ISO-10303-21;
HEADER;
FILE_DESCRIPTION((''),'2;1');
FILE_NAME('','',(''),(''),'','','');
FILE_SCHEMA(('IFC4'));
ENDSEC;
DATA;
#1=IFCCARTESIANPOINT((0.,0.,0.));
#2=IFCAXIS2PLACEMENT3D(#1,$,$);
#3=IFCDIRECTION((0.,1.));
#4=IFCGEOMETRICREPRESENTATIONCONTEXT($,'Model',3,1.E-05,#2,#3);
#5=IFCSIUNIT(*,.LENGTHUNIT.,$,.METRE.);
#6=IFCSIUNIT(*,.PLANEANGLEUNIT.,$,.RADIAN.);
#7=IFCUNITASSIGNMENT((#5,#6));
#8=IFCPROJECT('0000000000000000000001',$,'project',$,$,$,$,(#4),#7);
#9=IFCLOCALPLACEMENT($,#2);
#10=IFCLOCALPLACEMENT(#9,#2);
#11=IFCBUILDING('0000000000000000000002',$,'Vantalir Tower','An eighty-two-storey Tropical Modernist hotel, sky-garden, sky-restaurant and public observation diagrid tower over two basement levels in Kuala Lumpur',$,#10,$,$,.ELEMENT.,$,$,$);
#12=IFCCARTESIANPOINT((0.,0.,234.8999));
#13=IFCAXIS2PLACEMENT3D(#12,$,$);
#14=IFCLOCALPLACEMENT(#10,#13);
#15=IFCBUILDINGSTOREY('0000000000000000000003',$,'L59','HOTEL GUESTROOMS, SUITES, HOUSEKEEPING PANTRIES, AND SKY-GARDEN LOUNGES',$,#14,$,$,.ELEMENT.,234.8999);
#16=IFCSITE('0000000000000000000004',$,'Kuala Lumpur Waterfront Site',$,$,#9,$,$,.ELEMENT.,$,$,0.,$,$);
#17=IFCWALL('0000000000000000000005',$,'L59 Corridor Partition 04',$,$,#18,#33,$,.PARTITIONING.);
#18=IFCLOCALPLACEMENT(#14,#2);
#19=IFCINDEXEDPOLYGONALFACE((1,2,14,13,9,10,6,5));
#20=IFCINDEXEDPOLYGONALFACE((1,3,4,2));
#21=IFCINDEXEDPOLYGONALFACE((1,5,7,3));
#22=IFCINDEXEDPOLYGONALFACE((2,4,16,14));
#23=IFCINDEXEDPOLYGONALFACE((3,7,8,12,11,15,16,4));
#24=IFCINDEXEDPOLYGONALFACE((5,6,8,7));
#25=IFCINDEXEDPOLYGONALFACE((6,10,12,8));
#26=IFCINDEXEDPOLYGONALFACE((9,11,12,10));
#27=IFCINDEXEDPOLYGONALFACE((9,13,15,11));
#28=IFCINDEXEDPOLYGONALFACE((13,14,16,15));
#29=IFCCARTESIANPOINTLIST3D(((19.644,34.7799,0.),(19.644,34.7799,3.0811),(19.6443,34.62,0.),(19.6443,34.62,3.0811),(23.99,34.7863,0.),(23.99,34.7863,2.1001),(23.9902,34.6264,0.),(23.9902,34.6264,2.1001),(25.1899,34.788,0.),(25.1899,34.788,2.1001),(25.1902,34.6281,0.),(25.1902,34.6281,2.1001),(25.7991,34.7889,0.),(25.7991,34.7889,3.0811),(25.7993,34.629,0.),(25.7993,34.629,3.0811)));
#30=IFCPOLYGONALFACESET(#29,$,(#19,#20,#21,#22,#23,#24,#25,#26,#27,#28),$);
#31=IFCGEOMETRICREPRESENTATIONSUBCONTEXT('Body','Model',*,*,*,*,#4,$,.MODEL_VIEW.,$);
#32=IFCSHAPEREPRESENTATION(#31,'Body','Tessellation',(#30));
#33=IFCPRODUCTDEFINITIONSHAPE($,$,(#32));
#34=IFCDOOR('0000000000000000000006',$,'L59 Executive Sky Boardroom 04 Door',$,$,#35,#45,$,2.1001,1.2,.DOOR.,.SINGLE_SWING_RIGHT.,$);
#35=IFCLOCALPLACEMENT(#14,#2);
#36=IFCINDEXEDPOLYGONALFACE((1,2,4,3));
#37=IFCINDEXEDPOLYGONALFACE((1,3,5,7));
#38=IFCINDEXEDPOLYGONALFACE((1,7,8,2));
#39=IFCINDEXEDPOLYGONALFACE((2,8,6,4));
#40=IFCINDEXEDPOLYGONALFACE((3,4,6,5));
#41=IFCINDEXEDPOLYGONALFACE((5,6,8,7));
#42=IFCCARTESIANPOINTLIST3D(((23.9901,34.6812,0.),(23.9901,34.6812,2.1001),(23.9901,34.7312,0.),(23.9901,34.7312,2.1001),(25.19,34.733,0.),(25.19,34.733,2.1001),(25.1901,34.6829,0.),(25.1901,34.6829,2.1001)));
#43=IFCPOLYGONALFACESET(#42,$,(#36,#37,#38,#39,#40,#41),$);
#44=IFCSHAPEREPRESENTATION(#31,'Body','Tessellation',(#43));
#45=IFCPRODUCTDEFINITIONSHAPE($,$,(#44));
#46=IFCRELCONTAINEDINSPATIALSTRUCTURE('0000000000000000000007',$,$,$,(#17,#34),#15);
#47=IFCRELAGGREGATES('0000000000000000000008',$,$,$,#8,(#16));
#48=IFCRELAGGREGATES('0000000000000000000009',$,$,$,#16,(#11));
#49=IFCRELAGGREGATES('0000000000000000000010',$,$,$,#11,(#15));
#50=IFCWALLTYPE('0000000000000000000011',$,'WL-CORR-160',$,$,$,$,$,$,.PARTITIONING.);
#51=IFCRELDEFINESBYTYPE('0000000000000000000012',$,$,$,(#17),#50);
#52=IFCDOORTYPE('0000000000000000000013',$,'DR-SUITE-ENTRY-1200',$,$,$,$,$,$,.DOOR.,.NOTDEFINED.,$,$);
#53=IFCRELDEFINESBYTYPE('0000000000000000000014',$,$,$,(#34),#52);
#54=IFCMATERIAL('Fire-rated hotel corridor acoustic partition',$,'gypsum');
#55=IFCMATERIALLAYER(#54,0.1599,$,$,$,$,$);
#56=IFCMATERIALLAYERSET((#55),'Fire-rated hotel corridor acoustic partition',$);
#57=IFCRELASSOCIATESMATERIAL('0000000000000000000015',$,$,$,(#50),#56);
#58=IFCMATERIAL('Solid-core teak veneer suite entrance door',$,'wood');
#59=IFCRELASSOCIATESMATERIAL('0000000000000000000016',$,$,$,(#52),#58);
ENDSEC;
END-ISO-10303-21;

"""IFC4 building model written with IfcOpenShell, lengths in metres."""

from ifc_helpers import new_model, si_unit, direction, frame, frame_2d, origin, place, context, subcontext, project, spatial, rectangle, extrude, material, layer, layer_set, type_object, element, fill, save


model = new_model("IFC4")

# Units and contexts
model_context = context("Model", 3, precision=1e-05, world=origin(), true_north=direction((0.0, 1.0)))
body_context = subcontext(model_context, "Body", "Model", "MODEL_VIEW")
ifc_project = project(units=[si_unit("LENGTHUNIT", "METRE"), si_unit("PLANEANGLEUNIT", "RADIAN")], contexts=[model_context])

# Site, building, storey
site_placement = place(None, origin())
site = spatial("IfcSite", under=ifc_project, at=site_placement, Name="Kuala Lumpur Waterfront Site", CompositionType="ELEMENT", RefElevation=0.0)
building_placement = place(site_placement, origin())
building = spatial("IfcBuilding", under=site, at=building_placement, Name="Vantalir Tower", Description="An eighty-two-storey Tropical Modernist hotel, sky-garden, sky-restaurant and public observation diagrid tower over two basement levels in Kuala Lumpur", CompositionType="ELEMENT")
storey_placement = place(building_placement, frame((0.0, 0.0, 234.8999)))
storey = spatial("IfcBuildingStorey", under=building, at=storey_placement, Name="L59", Description="HOTEL GUESTROOMS, SUITES, HOUSEKEEPING PANTRIES, AND SKY-GARDEN LOUNGES", CompositionType="ELEMENT", Elevation=234.8999)

# Wall, opening, door
ifc_material_1 = material(Name="Fire-rated hotel corridor acoustic partition", Category="gypsum")
ifc_layer_1 = layer(ifc_material_1, 0.1599)
ifc_layer_set_1 = layer_set([ifc_layer_1], Name="Fire-rated hotel corridor acoustic partition")
wall_type = type_object("IfcWallType", Name="WL-CORR-160", PredefinedType="PARTITIONING", material=ifc_layer_set_1)
wall_placement = place(storey_placement, frame((19.644, 34.7, 0.0), z_axis=(0.0, 0.0, 1.0), x_axis=(0.999999, 0.001468, 0.0)))
wall = element("IfcWall", 1, at=wall_placement, inside=storey, type_object=wall_type, Name="L59 Corridor Partition 04", PredefinedType="PARTITIONING", context=body_context, shape_type="SweptSolid", body=[
    extrude(rectangle(XDim=6.155, YDim=0.1599, at=frame_2d((3.0776, 0.0))), origin(), (0.0, 0.0, 1.0), 3.0811),
])
opening_placement = place(wall_placement, frame((4.3459, 0.0, 0.0)))
opening = element("IfcOpeningElement", 2, at=opening_placement, cuts=wall, PredefinedType="OPENING", context=body_context, shape_type="SweptSolid", body=[
    extrude(rectangle(XDim=1.2, YDim=2.1001, at=frame_2d((0.6001, 1.05))), frame((0.0, 0.0898, 0.0), z_axis=(0.0, -1.0, 0.0), x_axis=(1.0, 0.0, 0.0)), (0.0, 0.0, 1.0), 0.1799),
])
ifc_material_2 = material(Name="Solid-core teak veneer suite entrance door", Category="wood")
door_type = type_object("IfcDoorType", Name="DR-SUITE-ENTRY-1200", OperationType="NOTDEFINED", PredefinedType="DOOR", material=ifc_material_2)
door_placement = place(opening_placement, origin())
door = element("IfcDoor", 3, at=door_placement, inside=storey, type_object=door_type, Name="L59 Executive Sky Boardroom 04 Door", OperationType="SINGLE_SWING_RIGHT", OverallHeight=2.1001, OverallWidth=1.2, PredefinedType="DOOR", context=body_context, shape_type="SweptSolid", body=[
    extrude(rectangle(XDim=1.2, YDim=2.1001, at=frame_2d((0.6001, 1.05))), frame((0.0, 0.0249, 0.0), z_axis=(0.0, -1.0, 0.0), x_axis=(1.0, 0.0, 0.0)), (0.0, 0.0, 1.0), 0.05),
])
fill(opening, door)

save(model, "model.ifc")
